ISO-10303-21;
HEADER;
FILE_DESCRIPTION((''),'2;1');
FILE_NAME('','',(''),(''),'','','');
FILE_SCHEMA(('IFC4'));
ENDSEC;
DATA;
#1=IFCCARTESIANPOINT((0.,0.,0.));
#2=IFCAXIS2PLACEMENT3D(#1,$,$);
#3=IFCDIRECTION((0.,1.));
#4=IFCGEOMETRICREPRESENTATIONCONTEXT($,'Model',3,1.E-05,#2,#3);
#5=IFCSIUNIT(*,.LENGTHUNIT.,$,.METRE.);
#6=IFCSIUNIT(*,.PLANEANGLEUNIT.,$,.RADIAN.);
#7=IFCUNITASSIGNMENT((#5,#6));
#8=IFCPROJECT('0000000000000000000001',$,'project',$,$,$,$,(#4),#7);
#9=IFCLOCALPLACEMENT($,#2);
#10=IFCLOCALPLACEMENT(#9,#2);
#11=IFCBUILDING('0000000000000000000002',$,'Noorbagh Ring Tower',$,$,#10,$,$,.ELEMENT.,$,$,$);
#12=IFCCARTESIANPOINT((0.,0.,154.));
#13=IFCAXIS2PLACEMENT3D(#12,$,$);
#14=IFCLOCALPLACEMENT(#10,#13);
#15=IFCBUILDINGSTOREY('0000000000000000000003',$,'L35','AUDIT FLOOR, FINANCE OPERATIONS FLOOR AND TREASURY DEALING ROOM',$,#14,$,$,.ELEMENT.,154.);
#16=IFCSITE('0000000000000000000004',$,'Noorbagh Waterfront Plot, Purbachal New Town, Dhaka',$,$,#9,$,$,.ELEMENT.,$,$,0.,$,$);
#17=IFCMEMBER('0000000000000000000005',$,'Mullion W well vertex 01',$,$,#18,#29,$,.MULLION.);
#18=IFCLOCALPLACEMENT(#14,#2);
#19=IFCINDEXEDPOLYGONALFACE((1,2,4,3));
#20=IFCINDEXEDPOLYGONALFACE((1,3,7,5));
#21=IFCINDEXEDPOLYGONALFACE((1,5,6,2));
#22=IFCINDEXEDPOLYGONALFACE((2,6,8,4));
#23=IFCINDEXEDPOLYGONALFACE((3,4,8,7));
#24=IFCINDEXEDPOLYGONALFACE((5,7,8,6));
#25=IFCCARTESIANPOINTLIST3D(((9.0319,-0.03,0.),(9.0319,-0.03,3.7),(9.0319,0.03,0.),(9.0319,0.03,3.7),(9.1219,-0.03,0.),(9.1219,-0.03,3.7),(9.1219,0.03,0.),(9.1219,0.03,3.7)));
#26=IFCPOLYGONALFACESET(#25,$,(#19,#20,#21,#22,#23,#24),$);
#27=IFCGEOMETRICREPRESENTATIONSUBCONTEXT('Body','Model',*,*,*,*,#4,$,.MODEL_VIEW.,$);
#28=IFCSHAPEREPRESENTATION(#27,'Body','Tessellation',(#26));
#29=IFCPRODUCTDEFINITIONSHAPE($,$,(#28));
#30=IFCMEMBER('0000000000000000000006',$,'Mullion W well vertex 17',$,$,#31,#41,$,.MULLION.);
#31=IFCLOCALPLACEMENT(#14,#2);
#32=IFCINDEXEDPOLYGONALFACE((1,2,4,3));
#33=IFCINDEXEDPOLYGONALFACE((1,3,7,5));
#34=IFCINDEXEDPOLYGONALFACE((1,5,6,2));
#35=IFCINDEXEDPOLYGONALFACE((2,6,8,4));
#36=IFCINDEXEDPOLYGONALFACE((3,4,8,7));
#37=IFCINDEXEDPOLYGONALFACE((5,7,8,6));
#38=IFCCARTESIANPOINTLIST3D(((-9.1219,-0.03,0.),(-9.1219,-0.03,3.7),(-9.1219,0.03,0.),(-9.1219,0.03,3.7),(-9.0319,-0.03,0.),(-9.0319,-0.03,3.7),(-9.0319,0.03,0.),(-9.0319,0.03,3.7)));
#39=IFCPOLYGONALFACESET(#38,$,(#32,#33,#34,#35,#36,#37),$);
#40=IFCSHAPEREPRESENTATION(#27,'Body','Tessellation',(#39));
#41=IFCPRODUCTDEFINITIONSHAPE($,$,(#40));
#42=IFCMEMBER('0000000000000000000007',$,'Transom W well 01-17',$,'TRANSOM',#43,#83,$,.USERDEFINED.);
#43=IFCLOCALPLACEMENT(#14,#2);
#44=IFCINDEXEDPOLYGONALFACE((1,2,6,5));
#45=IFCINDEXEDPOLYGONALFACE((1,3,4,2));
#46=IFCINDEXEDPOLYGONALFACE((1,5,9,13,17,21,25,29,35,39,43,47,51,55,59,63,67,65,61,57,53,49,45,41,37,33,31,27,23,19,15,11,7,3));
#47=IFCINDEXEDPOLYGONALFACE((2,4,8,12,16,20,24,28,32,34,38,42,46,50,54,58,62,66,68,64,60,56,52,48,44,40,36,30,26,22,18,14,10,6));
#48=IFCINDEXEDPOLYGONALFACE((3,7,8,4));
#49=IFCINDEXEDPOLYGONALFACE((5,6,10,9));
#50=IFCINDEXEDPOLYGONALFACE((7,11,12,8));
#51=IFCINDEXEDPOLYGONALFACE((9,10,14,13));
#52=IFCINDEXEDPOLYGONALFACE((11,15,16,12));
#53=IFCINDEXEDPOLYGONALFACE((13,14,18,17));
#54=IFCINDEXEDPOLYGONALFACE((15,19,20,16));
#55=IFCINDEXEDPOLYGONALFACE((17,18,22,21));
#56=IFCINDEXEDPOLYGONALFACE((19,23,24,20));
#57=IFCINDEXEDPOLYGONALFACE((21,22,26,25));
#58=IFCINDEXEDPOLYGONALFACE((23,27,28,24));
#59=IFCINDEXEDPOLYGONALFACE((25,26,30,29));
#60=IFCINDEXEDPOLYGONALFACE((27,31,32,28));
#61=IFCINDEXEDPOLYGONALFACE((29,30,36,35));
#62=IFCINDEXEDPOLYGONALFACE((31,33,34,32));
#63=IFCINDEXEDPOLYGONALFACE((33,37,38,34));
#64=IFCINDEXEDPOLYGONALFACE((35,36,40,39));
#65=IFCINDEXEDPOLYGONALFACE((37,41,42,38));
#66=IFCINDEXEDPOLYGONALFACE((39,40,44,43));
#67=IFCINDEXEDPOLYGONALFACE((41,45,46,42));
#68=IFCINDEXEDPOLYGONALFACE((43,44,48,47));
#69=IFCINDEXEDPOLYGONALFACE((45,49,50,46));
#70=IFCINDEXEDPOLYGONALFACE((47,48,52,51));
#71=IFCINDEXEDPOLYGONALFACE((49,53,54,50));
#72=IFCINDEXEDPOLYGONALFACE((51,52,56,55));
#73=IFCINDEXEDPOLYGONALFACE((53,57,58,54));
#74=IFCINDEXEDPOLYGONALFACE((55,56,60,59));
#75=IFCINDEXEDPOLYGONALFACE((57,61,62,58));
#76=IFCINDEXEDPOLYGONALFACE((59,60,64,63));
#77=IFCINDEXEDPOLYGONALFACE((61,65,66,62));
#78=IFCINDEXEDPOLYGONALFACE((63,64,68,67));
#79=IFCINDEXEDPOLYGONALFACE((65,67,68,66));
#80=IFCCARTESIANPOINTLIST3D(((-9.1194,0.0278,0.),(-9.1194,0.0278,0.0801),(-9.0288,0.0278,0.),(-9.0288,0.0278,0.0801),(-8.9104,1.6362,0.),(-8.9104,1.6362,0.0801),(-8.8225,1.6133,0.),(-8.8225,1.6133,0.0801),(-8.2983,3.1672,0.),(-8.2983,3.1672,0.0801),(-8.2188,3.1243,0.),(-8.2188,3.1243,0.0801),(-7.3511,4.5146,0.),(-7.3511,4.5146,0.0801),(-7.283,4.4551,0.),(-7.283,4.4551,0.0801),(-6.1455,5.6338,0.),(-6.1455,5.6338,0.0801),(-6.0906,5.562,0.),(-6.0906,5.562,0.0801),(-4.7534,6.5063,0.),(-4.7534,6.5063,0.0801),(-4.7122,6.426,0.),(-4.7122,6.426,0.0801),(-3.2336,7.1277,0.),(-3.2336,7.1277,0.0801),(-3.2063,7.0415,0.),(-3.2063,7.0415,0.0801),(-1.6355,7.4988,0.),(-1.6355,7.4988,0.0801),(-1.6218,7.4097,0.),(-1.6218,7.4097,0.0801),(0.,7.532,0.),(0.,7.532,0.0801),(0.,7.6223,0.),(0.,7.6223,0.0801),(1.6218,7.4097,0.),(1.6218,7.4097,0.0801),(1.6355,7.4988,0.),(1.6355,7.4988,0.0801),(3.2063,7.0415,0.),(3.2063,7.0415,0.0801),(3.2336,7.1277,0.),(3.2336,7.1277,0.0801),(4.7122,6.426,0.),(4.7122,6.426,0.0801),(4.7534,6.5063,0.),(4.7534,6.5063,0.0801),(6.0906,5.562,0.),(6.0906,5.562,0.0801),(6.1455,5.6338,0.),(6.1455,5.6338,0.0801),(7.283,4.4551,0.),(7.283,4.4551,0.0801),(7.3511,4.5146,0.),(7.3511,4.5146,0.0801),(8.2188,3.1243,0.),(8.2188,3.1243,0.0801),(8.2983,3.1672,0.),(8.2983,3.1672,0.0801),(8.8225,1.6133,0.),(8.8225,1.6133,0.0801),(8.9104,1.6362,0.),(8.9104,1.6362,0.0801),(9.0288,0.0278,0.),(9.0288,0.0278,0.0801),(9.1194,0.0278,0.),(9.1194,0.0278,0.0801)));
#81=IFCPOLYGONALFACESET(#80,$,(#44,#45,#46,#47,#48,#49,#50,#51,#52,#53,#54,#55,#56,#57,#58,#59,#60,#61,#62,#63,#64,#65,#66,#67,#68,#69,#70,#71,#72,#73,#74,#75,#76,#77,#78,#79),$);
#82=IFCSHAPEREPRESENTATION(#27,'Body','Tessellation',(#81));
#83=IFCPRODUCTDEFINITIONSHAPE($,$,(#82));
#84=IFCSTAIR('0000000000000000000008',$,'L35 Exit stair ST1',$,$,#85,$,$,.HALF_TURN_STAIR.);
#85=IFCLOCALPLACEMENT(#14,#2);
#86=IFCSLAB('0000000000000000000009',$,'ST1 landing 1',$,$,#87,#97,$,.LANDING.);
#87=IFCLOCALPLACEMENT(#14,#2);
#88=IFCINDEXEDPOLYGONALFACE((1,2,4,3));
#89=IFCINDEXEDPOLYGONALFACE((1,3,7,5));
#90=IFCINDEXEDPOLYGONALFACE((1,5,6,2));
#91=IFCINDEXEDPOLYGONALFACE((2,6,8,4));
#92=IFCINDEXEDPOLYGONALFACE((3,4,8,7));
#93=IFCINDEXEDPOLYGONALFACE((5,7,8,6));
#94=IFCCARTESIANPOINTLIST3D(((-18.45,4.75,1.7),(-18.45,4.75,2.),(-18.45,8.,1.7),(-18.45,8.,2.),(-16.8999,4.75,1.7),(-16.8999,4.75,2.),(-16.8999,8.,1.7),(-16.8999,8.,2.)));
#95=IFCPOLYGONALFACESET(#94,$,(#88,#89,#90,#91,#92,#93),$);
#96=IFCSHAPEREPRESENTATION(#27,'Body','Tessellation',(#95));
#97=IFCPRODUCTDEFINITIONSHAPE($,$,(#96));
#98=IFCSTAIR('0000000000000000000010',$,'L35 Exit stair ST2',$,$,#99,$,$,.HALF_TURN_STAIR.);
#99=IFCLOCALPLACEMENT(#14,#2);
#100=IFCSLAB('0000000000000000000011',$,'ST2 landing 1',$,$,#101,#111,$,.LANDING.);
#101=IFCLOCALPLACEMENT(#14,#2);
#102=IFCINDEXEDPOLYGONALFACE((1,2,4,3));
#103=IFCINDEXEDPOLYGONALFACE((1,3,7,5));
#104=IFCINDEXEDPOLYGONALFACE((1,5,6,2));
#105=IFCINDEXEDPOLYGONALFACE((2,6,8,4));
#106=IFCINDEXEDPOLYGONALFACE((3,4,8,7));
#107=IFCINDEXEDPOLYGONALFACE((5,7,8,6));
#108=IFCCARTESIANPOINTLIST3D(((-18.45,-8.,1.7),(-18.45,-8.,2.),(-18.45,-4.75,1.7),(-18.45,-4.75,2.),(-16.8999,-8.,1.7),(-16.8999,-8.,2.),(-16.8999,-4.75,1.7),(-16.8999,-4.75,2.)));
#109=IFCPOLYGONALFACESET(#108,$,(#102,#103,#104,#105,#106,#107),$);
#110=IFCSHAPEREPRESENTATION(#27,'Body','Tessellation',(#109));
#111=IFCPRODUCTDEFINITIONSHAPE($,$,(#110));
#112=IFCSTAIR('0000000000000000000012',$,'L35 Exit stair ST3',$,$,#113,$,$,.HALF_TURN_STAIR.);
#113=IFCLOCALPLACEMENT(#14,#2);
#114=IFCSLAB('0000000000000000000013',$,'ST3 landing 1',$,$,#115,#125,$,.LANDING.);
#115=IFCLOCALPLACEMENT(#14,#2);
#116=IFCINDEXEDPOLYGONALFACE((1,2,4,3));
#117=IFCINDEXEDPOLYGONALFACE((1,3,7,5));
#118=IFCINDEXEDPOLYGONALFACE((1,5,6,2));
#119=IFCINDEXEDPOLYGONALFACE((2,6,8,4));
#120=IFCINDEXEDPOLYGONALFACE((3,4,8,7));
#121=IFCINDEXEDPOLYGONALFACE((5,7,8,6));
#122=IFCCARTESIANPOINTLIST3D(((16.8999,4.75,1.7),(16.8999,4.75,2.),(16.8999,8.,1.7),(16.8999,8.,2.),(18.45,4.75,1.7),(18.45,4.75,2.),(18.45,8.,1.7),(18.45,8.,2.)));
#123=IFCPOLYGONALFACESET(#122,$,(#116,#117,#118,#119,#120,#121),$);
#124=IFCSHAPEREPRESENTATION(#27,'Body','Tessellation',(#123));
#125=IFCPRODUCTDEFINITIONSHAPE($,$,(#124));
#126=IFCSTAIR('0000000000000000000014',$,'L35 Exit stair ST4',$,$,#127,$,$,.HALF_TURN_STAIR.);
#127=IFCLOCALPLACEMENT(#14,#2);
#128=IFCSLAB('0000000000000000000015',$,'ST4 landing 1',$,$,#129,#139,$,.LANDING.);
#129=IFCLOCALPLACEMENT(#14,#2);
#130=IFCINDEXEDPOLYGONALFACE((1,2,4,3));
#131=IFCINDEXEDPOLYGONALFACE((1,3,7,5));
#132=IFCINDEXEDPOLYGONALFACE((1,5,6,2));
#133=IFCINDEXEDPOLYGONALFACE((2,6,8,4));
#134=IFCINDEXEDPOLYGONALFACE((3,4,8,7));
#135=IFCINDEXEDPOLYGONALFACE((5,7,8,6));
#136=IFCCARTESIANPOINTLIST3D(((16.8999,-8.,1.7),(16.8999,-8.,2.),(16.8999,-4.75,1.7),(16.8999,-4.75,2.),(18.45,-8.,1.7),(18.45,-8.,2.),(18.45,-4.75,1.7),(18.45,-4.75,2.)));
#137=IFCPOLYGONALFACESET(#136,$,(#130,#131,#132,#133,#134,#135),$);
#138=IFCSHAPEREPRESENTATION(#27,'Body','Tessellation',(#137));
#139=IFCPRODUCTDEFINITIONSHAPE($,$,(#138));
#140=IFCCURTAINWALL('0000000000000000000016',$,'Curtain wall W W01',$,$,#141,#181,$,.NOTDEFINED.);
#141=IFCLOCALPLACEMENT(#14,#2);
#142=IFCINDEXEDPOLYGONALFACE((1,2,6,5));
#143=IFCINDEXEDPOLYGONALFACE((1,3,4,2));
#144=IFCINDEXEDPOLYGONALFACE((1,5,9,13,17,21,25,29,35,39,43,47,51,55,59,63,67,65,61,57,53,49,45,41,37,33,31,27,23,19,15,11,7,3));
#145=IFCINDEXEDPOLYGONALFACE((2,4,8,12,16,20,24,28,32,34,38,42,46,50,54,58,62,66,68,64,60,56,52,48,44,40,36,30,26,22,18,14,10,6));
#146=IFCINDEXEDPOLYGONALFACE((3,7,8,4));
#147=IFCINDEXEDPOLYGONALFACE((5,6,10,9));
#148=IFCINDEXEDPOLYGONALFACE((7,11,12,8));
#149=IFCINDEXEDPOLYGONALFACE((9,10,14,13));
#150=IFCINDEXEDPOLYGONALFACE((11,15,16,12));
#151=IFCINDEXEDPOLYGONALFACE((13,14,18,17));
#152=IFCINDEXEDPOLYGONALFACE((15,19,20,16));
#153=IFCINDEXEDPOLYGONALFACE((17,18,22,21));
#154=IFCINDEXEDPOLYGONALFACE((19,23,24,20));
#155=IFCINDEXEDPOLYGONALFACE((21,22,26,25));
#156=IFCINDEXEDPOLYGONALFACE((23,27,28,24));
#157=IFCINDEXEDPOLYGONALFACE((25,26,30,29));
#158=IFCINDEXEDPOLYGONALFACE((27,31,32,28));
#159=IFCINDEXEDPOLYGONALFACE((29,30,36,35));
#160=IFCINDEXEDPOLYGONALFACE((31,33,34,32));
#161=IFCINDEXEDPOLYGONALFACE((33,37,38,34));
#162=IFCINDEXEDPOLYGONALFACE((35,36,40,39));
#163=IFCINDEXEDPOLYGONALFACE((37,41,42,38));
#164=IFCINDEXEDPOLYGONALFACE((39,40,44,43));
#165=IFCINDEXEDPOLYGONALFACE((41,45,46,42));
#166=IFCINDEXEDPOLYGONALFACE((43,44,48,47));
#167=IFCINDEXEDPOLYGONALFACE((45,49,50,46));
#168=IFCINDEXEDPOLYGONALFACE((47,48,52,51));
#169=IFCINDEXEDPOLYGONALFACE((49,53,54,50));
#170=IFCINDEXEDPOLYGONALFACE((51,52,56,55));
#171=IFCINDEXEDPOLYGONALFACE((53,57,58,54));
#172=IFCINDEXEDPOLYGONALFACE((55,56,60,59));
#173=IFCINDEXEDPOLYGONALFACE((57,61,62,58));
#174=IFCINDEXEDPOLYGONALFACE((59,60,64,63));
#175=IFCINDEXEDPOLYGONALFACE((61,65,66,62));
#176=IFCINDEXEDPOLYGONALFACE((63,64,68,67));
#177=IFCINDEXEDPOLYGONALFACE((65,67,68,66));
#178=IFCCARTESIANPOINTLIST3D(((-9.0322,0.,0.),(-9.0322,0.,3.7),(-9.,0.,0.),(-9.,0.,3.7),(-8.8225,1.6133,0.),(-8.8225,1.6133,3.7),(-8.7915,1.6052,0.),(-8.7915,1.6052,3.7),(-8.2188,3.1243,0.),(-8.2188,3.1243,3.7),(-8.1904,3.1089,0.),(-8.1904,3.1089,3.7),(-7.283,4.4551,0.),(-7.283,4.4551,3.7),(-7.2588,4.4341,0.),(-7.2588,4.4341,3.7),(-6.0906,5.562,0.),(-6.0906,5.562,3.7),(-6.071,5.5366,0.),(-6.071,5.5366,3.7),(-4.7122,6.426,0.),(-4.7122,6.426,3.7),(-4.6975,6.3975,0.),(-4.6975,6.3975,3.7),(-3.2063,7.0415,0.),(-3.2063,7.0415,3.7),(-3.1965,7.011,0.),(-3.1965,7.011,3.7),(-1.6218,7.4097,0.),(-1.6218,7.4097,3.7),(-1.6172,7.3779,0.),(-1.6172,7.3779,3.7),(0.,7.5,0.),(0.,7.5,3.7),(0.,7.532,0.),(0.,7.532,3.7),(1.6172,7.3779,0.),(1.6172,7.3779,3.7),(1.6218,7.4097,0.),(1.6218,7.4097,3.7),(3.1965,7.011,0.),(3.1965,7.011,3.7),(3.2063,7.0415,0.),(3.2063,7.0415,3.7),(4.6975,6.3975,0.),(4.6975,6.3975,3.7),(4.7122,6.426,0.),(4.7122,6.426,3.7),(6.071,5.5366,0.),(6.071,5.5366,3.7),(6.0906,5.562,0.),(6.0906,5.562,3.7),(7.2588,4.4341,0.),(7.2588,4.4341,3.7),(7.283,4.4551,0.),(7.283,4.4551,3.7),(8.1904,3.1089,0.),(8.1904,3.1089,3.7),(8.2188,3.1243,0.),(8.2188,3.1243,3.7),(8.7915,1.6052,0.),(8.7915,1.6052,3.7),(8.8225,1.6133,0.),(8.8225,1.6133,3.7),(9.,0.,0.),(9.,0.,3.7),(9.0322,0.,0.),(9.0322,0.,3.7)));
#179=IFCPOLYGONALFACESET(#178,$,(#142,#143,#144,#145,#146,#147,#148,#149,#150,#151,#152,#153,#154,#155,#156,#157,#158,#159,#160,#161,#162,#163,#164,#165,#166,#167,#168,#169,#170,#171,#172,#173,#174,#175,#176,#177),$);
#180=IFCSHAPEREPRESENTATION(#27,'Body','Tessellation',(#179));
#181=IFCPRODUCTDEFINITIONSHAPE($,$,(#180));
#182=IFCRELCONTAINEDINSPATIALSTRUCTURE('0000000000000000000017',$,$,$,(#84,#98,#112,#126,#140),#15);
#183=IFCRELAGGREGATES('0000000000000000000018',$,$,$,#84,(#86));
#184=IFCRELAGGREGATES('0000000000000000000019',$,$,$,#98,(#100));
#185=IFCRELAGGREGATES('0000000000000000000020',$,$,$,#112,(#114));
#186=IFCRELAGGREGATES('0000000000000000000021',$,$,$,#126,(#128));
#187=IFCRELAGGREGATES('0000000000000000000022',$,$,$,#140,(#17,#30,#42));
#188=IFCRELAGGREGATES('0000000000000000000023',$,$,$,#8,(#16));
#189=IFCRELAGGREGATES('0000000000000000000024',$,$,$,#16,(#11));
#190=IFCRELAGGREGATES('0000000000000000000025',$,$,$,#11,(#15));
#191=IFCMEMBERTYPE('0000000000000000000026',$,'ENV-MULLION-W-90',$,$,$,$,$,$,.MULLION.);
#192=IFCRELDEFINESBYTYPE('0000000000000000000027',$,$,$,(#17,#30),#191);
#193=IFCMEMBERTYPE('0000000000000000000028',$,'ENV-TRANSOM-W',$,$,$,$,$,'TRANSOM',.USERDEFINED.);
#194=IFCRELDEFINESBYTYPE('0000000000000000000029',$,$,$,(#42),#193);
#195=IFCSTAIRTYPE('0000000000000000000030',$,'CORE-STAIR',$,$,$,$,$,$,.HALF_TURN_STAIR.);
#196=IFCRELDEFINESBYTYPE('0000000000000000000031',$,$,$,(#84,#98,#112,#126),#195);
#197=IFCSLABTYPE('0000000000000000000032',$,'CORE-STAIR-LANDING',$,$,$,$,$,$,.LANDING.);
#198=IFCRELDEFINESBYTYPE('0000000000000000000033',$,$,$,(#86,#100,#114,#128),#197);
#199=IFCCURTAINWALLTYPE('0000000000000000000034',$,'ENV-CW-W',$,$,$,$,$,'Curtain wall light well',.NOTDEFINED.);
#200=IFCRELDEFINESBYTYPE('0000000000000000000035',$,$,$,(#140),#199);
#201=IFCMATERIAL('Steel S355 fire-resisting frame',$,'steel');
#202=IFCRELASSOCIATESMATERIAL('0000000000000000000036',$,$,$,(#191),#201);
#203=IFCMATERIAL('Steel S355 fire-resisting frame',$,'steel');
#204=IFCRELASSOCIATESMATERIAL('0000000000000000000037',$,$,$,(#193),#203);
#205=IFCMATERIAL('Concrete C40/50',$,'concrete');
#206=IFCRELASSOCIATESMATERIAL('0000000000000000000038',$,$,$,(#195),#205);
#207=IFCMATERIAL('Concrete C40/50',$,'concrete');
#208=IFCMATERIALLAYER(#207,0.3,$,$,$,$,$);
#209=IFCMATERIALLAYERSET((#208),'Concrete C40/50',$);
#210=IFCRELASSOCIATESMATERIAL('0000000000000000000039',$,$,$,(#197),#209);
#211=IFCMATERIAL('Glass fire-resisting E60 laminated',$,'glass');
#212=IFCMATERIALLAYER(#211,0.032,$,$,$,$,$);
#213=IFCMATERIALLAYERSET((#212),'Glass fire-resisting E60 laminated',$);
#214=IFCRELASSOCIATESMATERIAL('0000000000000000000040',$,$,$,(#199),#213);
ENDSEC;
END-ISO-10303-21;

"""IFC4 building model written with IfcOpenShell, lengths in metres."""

from ifc_helpers import new_model, si_unit, direction, frame, origin, origin_2d, place, context, subcontext, project, spatial, polyline, rectangle, outline, extrude, material, layer, layer_set, material_profile, profile_set, type_object, element, aggregate, save


model = new_model("IFC4")

# Units and contexts
model_context = context("Model", 3, precision=1e-05, world=origin(), true_north=direction((0.0, 1.0)))
body_context = subcontext(model_context, "Body", "Model", "MODEL_VIEW")
ifc_project = project(units=[si_unit("LENGTHUNIT", "METRE"), si_unit("PLANEANGLEUNIT", "RADIAN")], contexts=[model_context])

# Members
ifc_material_1 = material(Name="Steel S355 fire-resisting frame", Category="steel")
ifc_material_profile = material_profile(ifc_material_1, rectangle(XDim=0.0901, YDim=0.0601, at=origin_2d()), Name="90x60")
ifc_profile_set = profile_set([ifc_material_profile], Name="Steel S355 fire-resisting frame")
member_type_1 = type_object("IfcMemberType", Name="ENV-MULLION-W-90", PredefinedType="MULLION", material=ifc_profile_set)
site_placement = place(None, origin())
building_placement = place(site_placement, origin())
storey_placement = place(building_placement, frame((0.0, 0.0, 154.0)))
member_1_placement = place(storey_placement, frame((9.0769, 0.0, 0.0), z_axis=(0.0, 0.0, 1.0), x_axis=(1.0, 0.0, 0.0)))
member_1 = element("IfcMember", 1, at=member_1_placement, type_object=member_type_1, Name="Mullion W well vertex 01", PredefinedType="MULLION", context=body_context, shape_type="SweptSolid", body=[
    extrude(rectangle(XDim=0.0901, YDim=0.0601, at=origin_2d()), origin(), (0.0, 0.0, 1.0), 3.7),
])
member_2_placement = place(storey_placement, frame((-9.0769, 0.0, 0.0), z_axis=(0.0, 0.0, 1.0), x_axis=(-1.0, 0.0, 0.0)))
member_2 = element("IfcMember", 2, at=member_2_placement, type_object=member_type_1, Name="Mullion W well vertex 17", PredefinedType="MULLION", context=body_context, shape_type="SweptSolid", body=[
    extrude(rectangle(XDim=0.0901, YDim=0.0601, at=origin_2d()), origin(), (0.0, 0.0, 1.0), 3.7),
])
ifc_material_2 = material(Name="Steel S355 fire-resisting frame", Category="steel")
member_type_2 = type_object("IfcMemberType", Name="ENV-TRANSOM-W", ElementType="TRANSOM", PredefinedType="USERDEFINED", material=ifc_material_2)
member_3_placement = place(storey_placement, origin())
member_3 = element("IfcMember", 3, at=member_3_placement, type_object=member_type_2, Name="Transom W well 01-17", ObjectType="TRANSOM", PredefinedType="USERDEFINED", context=body_context, shape_type="SweptSolid", body=[
    extrude(outline(polyline([(9.1194, 0.0278), (8.9104, 1.6362), (8.2983, 3.1672), (7.3511, 4.5146), (6.1455, 5.6338), (4.7534, 6.5063), (3.2336, 7.1277), (1.6355, 7.4988), (0.0, 7.6223), (-1.6355, 7.4988), (-3.2336, 7.1277), (-4.7534, 6.5063), (-6.1455, 5.6338), (-7.3511, 4.5146), (-8.2983, 3.1672), (-8.9104, 1.6362), (-9.1194, 0.0278), (-9.0288, 0.0278), (-8.8225, 1.6133), (-8.2188, 3.1243), (-7.283, 4.4551), (-6.0906, 5.562), (-4.7122, 6.426), (-3.2063, 7.0415), (-1.6218, 7.4097), (0.0, 7.532), (1.6218, 7.4097), (3.2063, 7.0415), (4.7122, 6.426), (6.0906, 5.562), (7.283, 4.4551), (8.2188, 3.1243), (8.8225, 1.6133), (9.0288, 0.0278), (9.1194, 0.0278)])), origin(), (0.0, 0.0, 1.0), 0.0801),
])

# Site, building, storey
site = spatial("IfcSite", under=ifc_project, at=site_placement, Name="Noorbagh Waterfront Plot, Purbachal New Town, Dhaka", CompositionType="ELEMENT", RefElevation=0.0)
building = spatial("IfcBuilding", under=site, at=building_placement, Name="Noorbagh Ring Tower", CompositionType="ELEMENT")
storey = spatial("IfcBuildingStorey", under=building, at=storey_placement, Name="L35", Description="AUDIT FLOOR, FINANCE OPERATIONS FLOOR AND TREASURY DEALING ROOM", CompositionType="ELEMENT", Elevation=154.0)

# Stairs, slabs
ifc_material_3 = material(Name="Concrete C40/50", Category="concrete")
stair_type = type_object("IfcStairType", Name="CORE-STAIR", PredefinedType="HALF_TURN_STAIR", material=ifc_material_3)
stair_1_placement = place(storey_placement, origin())
stair_1 = element("IfcStair", 4, at=stair_1_placement, inside=storey, type_object=stair_type, Name="L35 Exit stair ST1", PredefinedType="HALF_TURN_STAIR")
ifc_material_4 = material(Name="Concrete C40/50", Category="concrete")
ifc_layer_1 = layer(ifc_material_4, 0.3)
ifc_layer_set_1 = layer_set([ifc_layer_1], Name="Concrete C40/50")
slab_type = type_object("IfcSlabType", Name="CORE-STAIR-LANDING", PredefinedType="LANDING", material=ifc_layer_set_1)
slab_1_placement = place(storey_placement, frame((0.0, 0.0, 1.7)))
slab_1 = element("IfcSlab", 5, at=slab_1_placement, type_object=slab_type, Name="ST1 landing 1", PredefinedType="LANDING", context=body_context, shape_type="SweptSolid", body=[
    extrude(outline(polyline([(-18.45, 4.75), (-16.8999, 4.75), (-16.8999, 8.0), (-18.45, 8.0), (-18.45, 4.75)])), origin(), (0.0, 0.0, 1.0), 0.3),
])
aggregate(stair_1, [slab_1])
stair_2_placement = place(storey_placement, origin())
stair_2 = element("IfcStair", 6, at=stair_2_placement, inside=storey, type_object=stair_type, Name="L35 Exit stair ST2", PredefinedType="HALF_TURN_STAIR")
slab_2_placement = place(storey_placement, frame((0.0, 0.0, 1.7)))
slab_2 = element("IfcSlab", 7, at=slab_2_placement, type_object=slab_type, Name="ST2 landing 1", PredefinedType="LANDING", context=body_context, shape_type="SweptSolid", body=[
    extrude(outline(polyline([(-18.45, -8.0), (-16.8999, -8.0), (-16.8999, -4.75), (-18.45, -4.75), (-18.45, -8.0)])), origin(), (0.0, 0.0, 1.0), 0.3),
])
aggregate(stair_2, [slab_2])
stair_3_placement = place(storey_placement, origin())
stair_3 = element("IfcStair", 8, at=stair_3_placement, inside=storey, type_object=stair_type, Name="L35 Exit stair ST3", PredefinedType="HALF_TURN_STAIR")
slab_3_placement = place(storey_placement, frame((0.0, 0.0, 1.7)))
slab_3 = element("IfcSlab", 9, at=slab_3_placement, type_object=slab_type, Name="ST3 landing 1", PredefinedType="LANDING", context=body_context, shape_type="SweptSolid", body=[
    extrude(outline(polyline([(18.45, 8.0), (16.8999, 8.0), (16.8999, 4.75), (18.45, 4.75), (18.45, 8.0)])), origin(), (0.0, 0.0, 1.0), 0.3),
])
aggregate(stair_3, [slab_3])
stair_4_placement = place(storey_placement, origin())
stair_4 = element("IfcStair", 10, at=stair_4_placement, inside=storey, type_object=stair_type, Name="L35 Exit stair ST4", PredefinedType="HALF_TURN_STAIR")
slab_4_placement = place(storey_placement, frame((0.0, 0.0, 1.7)))
slab_4 = element("IfcSlab", 11, at=slab_4_placement, type_object=slab_type, Name="ST4 landing 1", PredefinedType="LANDING", context=body_context, shape_type="SweptSolid", body=[
    extrude(outline(polyline([(18.45, -4.75), (16.8999, -4.75), (16.8999, -8.0), (18.45, -8.0), (18.45, -4.75)])), origin(), (0.0, 0.0, 1.0), 0.3),
])
aggregate(stair_4, [slab_4])

# Curtain wall
ifc_material_5 = material(Name="Glass fire-resisting E60 laminated", Category="glass")
ifc_layer_2 = layer(ifc_material_5, 0.032)
ifc_layer_set_2 = layer_set([ifc_layer_2], Name="Glass fire-resisting E60 laminated")
curtain_wall_type = type_object("IfcCurtainWallType", Name="ENV-CW-W", ElementType="Curtain wall light well", PredefinedType="NOTDEFINED", material=ifc_layer_set_2)
curtain_wall_placement = place(storey_placement, origin())
curtain_wall = element("IfcCurtainWall", 12, at=curtain_wall_placement, inside=storey, type_object=curtain_wall_type, Name="Curtain wall W W01", PredefinedType="NOTDEFINED", context=body_context, shape_type="SweptSolid", body=[
    extrude(outline(polyline([(9.0322, 0.0), (8.8225, 1.6133), (8.2188, 3.1243), (7.283, 4.4551), (6.0906, 5.562), (4.7122, 6.426), (3.2063, 7.0415), (1.6218, 7.4097), (0.0, 7.532), (-1.6218, 7.4097), (-3.2063, 7.0415), (-4.7122, 6.426), (-6.0906, 5.562), (-7.283, 4.4551), (-8.2188, 3.1243), (-8.8225, 1.6133), (-9.0322, 0.0), (-9.0, 0.0), (-8.7915, 1.6052), (-8.1904, 3.1089), (-7.2588, 4.4341), (-6.071, 5.5366), (-4.6975, 6.3975), (-3.1965, 7.011), (-1.6172, 7.3779), (0.0, 7.5), (1.6172, 7.3779), (3.1965, 7.011), (4.6975, 6.3975), (6.071, 5.5366), (7.2588, 4.4341), (8.1904, 3.1089), (8.7915, 1.6052), (9.0, 0.0), (9.0322, 0.0)])), origin(), (0.0, 0.0, 1.0), 3.7),
])
aggregate(curtain_wall, [member_1, member_2, member_3])

save(model, "model.ifc")
